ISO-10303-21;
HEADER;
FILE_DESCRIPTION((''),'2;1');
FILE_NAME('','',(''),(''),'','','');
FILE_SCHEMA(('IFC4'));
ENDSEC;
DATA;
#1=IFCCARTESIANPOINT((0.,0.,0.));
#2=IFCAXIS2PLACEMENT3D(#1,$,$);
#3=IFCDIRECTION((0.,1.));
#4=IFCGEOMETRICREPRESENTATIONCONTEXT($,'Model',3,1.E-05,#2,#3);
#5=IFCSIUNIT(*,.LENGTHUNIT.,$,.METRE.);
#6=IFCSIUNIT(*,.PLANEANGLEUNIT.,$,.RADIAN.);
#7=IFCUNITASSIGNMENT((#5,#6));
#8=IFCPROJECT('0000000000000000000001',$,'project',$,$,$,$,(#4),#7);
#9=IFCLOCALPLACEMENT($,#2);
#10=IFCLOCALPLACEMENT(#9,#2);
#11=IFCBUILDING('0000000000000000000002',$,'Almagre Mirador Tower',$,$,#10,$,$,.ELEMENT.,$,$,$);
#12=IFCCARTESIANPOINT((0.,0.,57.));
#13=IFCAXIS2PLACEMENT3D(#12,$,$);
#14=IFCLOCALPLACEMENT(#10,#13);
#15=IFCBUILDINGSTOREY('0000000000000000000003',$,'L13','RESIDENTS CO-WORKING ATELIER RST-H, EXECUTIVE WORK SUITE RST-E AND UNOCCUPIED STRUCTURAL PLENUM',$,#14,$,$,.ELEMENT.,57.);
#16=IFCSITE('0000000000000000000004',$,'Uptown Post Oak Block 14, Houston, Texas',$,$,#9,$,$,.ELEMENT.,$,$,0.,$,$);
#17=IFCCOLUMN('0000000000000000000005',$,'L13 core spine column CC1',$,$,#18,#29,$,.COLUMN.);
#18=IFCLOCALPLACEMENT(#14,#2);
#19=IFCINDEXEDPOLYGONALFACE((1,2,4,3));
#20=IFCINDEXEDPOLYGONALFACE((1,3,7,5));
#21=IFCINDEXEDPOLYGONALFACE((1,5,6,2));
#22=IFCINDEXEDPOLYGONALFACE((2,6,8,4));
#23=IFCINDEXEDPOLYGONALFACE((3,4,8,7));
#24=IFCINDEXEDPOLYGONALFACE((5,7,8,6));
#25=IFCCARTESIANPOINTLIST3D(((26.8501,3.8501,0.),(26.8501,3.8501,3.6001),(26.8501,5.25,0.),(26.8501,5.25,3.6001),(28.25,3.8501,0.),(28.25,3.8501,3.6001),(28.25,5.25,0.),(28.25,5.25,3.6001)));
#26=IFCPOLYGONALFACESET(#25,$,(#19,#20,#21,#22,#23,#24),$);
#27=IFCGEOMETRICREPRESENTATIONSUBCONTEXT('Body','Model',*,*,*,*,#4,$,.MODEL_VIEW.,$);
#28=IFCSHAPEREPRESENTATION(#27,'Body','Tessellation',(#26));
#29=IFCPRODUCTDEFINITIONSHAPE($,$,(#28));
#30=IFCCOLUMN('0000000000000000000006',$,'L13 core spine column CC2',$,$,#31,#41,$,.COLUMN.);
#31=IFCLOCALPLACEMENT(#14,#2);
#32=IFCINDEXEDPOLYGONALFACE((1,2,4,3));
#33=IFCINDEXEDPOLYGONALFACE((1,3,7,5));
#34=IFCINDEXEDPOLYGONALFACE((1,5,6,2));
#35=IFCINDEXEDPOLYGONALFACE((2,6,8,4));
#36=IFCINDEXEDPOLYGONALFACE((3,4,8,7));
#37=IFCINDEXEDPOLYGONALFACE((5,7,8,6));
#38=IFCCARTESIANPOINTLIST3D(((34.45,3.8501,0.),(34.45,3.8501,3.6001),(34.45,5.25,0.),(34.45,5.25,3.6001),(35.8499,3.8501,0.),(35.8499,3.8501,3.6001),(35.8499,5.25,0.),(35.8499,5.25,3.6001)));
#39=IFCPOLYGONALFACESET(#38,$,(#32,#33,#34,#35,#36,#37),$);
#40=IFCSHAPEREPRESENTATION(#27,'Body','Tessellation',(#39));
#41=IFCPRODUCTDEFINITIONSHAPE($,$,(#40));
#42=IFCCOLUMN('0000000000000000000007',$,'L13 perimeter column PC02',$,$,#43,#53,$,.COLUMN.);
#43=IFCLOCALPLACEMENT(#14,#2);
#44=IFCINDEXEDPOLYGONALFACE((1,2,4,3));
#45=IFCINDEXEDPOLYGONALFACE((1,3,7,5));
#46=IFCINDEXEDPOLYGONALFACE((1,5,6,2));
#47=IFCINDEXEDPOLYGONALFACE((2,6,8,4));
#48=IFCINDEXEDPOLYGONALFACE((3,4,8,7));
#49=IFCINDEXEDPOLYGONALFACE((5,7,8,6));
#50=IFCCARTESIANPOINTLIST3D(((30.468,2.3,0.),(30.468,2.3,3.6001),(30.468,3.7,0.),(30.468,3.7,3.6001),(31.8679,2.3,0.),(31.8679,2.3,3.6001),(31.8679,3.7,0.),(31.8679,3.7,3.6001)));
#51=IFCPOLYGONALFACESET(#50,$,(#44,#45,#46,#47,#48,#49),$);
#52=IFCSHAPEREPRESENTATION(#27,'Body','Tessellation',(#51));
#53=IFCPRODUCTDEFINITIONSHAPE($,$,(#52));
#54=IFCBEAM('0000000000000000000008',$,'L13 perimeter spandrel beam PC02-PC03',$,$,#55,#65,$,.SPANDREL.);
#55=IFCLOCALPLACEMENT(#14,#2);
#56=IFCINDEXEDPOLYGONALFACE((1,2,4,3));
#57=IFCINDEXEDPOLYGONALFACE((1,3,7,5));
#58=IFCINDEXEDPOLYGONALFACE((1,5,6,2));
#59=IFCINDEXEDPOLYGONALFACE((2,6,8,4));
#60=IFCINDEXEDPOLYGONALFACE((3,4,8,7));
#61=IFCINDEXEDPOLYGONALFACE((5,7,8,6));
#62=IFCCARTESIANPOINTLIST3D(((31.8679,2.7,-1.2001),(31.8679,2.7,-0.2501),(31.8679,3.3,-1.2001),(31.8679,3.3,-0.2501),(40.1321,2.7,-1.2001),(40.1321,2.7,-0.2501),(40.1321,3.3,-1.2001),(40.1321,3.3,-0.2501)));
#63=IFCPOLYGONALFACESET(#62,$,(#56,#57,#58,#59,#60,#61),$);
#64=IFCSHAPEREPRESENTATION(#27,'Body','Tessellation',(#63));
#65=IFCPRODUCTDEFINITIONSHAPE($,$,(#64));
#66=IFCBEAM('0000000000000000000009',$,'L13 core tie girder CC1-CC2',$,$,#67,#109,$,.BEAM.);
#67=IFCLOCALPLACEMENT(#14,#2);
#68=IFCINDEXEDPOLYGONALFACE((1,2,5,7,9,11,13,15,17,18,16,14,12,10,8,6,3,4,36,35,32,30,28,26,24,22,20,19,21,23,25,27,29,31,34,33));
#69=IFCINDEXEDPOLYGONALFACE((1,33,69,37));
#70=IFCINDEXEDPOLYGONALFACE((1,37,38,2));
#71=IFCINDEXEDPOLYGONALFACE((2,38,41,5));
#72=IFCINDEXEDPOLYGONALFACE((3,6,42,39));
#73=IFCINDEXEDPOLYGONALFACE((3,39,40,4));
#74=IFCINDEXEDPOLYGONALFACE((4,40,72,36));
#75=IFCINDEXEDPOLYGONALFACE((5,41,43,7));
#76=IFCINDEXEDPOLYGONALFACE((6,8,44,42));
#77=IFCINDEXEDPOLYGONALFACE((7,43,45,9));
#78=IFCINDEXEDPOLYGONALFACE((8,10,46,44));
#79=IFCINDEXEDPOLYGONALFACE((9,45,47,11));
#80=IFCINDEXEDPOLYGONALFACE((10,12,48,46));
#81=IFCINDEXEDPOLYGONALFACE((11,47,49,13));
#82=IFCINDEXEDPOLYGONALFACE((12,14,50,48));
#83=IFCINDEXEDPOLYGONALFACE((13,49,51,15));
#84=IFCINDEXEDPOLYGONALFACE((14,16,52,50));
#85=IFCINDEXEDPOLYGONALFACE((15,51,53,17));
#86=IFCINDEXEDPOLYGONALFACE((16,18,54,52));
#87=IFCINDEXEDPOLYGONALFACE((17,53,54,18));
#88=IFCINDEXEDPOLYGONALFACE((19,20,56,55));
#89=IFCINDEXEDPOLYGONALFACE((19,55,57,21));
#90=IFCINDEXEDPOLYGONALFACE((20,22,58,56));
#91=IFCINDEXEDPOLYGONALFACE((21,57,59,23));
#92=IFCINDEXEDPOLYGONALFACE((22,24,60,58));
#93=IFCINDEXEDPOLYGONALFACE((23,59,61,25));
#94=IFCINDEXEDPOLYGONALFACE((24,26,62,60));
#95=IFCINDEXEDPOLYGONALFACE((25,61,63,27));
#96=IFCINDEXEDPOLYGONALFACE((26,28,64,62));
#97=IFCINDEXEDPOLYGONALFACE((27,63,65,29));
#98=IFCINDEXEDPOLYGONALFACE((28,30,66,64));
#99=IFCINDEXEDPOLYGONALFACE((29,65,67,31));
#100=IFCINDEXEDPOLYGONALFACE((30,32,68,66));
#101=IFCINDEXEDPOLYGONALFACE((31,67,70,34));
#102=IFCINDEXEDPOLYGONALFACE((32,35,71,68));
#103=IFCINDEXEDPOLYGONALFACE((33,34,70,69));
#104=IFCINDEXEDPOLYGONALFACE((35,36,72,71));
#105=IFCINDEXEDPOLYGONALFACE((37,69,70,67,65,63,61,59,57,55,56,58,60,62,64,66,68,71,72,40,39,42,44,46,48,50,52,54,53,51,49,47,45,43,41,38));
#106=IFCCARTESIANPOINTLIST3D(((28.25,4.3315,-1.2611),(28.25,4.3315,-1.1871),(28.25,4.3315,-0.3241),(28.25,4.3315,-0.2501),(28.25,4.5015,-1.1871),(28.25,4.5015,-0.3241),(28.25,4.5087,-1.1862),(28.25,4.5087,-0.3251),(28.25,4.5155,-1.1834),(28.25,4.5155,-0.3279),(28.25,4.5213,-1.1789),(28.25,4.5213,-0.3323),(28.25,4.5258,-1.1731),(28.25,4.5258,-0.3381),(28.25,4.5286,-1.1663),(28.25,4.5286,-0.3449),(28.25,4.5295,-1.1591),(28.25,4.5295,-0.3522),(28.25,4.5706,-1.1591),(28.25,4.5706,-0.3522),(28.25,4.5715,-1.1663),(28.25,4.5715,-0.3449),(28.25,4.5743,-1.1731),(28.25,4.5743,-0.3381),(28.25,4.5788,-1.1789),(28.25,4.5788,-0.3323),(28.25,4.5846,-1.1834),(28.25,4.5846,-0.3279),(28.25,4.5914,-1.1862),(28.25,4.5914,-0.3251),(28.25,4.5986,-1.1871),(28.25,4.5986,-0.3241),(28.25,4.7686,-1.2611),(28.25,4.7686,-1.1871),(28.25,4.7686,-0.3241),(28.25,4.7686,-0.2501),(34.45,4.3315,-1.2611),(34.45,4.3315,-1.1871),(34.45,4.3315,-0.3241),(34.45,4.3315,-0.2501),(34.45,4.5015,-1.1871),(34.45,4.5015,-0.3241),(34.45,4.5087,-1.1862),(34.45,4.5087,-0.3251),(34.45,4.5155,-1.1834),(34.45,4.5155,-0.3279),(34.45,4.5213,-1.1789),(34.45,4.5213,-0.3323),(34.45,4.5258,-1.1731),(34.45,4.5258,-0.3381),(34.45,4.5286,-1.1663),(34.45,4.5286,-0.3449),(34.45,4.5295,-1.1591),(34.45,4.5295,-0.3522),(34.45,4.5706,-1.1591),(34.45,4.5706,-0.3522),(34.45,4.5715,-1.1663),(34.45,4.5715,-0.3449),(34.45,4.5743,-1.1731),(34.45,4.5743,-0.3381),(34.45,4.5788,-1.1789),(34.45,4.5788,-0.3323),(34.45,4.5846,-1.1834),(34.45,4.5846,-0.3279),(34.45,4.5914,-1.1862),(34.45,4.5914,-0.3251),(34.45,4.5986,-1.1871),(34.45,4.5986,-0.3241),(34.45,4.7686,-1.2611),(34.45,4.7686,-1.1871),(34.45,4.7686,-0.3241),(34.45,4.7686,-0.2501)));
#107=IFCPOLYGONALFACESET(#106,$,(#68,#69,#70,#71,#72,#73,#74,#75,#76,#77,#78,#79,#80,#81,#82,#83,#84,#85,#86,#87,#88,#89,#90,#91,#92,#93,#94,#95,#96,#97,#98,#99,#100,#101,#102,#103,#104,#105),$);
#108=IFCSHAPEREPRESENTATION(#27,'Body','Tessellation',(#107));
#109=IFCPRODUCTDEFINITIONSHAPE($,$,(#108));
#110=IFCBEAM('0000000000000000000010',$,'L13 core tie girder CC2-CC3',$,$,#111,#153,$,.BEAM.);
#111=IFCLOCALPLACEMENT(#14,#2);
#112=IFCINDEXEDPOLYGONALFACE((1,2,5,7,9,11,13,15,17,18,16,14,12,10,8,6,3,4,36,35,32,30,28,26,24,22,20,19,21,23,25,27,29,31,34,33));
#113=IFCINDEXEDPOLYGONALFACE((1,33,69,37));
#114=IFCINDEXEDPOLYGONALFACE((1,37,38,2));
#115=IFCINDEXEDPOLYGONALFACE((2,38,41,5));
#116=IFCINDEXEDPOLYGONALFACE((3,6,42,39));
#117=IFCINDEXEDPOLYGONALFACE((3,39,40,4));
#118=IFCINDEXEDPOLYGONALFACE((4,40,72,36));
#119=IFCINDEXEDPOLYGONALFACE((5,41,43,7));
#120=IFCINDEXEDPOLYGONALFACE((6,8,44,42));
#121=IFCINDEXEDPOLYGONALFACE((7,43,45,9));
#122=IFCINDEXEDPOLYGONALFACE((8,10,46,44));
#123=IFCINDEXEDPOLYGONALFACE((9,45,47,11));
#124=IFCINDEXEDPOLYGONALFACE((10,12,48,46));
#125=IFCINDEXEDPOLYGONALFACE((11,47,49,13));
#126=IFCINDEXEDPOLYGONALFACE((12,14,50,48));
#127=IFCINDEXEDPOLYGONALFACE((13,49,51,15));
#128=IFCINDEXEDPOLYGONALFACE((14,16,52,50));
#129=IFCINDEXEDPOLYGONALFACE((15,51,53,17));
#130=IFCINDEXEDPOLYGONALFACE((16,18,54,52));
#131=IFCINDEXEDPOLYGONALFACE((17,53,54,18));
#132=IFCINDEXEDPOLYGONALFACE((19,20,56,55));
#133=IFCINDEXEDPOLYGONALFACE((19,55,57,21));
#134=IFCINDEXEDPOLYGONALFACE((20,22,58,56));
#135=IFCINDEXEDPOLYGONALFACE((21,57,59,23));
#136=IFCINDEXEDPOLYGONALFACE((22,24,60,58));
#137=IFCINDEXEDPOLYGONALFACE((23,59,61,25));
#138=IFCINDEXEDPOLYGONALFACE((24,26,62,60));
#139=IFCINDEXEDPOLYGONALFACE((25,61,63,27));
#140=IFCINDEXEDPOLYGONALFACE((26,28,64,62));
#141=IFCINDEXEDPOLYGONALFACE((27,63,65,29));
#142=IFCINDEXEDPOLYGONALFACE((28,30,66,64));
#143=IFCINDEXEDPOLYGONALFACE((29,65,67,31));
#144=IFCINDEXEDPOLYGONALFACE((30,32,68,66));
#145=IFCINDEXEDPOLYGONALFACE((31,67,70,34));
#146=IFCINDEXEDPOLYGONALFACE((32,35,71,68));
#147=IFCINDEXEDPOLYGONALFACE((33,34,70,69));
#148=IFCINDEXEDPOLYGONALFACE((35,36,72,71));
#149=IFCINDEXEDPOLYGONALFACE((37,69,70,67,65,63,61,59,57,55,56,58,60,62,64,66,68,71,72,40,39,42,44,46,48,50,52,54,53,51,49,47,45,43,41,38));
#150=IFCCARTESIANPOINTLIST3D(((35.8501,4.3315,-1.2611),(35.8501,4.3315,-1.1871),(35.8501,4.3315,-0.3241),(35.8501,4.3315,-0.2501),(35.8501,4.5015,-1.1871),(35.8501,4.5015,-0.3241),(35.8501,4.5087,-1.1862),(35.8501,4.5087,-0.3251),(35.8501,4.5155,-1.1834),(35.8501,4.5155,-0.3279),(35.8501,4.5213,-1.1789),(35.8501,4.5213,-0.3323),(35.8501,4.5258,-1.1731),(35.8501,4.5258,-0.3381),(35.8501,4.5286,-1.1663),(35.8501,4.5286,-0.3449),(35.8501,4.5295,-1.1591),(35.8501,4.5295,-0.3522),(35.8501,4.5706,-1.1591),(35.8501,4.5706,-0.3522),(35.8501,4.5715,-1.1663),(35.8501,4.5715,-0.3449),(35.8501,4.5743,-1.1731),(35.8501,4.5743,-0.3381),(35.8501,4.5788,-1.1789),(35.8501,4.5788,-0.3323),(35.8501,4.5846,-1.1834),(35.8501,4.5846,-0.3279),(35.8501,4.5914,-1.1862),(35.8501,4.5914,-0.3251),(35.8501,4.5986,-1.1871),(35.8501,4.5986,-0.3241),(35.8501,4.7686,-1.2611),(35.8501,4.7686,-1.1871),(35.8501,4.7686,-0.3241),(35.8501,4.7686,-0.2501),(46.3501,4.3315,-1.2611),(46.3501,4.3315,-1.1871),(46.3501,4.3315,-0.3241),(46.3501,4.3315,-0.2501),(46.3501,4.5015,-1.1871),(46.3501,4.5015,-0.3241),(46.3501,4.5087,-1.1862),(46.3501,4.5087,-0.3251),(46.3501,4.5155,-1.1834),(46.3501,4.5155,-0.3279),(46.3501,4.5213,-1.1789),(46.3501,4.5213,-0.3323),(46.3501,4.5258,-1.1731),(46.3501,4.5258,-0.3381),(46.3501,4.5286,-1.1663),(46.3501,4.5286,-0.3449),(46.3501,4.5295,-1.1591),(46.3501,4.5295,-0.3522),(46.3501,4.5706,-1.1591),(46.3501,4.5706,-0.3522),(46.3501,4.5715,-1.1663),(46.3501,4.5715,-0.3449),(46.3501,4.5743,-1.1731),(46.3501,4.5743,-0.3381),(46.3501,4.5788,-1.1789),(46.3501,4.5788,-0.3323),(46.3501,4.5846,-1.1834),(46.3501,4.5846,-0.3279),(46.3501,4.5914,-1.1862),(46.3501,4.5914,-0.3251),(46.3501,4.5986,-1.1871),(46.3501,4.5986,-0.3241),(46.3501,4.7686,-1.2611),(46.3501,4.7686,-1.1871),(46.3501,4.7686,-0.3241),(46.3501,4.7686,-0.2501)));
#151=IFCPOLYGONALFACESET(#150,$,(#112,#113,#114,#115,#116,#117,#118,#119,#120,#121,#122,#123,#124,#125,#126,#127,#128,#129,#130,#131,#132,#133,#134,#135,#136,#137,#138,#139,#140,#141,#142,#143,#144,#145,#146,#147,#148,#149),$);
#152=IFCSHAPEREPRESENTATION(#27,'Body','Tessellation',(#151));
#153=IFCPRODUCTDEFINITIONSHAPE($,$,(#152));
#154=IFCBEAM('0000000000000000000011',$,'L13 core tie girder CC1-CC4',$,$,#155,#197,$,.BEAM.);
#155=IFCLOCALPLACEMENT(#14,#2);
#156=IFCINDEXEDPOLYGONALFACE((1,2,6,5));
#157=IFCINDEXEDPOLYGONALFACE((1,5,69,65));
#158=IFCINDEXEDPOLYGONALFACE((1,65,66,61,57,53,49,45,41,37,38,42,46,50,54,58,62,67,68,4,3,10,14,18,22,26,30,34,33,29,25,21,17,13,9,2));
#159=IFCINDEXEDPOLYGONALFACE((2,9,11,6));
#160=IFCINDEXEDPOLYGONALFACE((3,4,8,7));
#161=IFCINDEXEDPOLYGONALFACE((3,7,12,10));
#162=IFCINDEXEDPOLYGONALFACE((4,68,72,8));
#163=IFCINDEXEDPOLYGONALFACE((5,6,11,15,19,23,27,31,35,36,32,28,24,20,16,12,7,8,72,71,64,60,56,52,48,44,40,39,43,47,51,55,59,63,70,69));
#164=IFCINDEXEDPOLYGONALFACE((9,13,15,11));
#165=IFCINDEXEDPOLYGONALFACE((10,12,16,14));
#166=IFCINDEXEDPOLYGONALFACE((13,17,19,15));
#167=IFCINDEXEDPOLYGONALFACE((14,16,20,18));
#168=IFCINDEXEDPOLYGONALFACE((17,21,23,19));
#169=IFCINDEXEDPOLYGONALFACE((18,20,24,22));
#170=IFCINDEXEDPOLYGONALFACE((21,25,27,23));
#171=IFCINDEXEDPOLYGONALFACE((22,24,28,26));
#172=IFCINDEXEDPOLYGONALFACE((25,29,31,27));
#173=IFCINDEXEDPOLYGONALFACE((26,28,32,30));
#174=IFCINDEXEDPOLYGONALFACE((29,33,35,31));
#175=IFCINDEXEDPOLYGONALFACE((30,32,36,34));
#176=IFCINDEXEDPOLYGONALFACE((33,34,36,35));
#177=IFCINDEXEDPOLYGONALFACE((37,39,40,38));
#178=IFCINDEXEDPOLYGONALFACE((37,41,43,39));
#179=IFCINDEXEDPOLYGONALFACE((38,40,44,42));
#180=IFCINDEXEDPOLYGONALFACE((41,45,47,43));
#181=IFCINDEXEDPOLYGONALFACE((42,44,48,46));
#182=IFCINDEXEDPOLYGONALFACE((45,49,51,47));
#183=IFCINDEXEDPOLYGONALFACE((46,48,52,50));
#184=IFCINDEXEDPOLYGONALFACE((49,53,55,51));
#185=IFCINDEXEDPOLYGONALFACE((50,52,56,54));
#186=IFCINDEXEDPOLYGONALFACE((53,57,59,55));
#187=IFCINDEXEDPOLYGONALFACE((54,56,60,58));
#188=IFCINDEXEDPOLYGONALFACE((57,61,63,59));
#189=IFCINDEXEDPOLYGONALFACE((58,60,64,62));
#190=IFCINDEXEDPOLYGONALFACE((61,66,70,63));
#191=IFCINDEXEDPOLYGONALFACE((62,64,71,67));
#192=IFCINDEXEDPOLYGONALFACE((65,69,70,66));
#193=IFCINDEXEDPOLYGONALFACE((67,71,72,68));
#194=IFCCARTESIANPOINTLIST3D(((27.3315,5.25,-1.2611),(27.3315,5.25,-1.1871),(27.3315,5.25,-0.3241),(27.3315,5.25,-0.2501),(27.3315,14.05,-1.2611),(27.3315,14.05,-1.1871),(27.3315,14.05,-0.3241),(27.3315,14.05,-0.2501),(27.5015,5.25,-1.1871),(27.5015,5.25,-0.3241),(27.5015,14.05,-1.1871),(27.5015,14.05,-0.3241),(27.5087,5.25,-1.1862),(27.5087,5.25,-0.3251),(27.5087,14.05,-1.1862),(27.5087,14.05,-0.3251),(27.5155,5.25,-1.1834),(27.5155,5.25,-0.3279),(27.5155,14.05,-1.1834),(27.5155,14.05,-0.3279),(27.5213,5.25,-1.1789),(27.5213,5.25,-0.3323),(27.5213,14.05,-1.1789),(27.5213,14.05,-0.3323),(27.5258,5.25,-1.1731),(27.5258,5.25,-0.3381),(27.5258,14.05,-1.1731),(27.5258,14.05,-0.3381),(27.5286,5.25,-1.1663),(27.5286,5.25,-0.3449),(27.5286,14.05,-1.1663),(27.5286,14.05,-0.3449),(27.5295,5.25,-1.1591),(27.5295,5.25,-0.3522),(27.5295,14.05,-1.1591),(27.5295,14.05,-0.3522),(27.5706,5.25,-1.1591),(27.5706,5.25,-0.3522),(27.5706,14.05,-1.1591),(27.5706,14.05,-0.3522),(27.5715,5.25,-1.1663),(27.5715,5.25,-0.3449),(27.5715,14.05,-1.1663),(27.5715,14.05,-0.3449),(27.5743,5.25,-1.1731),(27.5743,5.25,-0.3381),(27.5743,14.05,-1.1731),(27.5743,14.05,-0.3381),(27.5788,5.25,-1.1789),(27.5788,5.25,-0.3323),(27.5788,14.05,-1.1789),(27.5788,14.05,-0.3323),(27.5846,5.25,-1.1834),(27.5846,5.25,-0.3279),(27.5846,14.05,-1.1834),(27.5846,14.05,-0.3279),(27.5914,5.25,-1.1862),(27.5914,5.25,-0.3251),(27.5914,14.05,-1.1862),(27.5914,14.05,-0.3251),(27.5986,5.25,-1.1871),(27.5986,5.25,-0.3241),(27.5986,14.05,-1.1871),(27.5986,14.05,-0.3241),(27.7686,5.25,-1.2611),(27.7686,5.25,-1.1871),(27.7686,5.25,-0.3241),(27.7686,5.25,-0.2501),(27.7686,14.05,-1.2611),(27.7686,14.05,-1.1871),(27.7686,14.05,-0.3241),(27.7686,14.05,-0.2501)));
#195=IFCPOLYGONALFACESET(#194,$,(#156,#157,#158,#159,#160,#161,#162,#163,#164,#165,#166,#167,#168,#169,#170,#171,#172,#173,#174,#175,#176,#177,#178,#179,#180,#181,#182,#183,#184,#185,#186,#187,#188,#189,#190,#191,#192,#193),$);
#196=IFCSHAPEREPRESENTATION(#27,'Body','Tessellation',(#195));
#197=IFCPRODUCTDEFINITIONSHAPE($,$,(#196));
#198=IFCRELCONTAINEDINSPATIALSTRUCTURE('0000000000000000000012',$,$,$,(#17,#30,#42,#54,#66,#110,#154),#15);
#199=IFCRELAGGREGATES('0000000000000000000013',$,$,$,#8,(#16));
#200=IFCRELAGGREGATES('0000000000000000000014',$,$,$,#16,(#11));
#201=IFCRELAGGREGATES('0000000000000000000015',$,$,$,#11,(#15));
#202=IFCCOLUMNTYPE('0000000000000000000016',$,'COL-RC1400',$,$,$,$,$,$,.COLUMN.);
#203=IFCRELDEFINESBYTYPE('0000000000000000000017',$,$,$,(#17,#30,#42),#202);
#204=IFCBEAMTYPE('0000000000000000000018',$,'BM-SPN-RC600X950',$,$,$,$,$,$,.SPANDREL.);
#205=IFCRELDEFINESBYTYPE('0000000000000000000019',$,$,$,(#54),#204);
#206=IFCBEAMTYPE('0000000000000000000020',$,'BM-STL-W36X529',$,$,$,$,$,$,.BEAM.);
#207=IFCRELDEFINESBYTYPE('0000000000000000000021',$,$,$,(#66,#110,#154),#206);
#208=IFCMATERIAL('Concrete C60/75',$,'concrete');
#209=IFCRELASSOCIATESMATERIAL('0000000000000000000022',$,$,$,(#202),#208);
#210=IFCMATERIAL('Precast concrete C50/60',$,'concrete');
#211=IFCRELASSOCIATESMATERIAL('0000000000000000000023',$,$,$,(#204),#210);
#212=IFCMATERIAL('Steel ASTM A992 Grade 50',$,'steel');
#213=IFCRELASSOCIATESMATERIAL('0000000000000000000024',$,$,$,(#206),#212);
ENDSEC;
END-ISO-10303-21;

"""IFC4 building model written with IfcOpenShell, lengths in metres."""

from ifc_helpers import new_model, si_unit, direction, frame, origin, origin_2d, place, context, subcontext, project, spatial, rectangle, i_section, extrude, material, material_profile, profile_set, type_object, element, save


model = new_model("IFC4")

# Units and contexts
model_context = context("Model", 3, precision=1e-05, world=origin(), true_north=direction((0.0, 1.0)))
body_context = subcontext(model_context, "Body", "Model", "MODEL_VIEW")
ifc_project = project(units=[si_unit("LENGTHUNIT", "METRE"), si_unit("PLANEANGLEUNIT", "RADIAN")], contexts=[model_context])

# Site, building, storey
site_placement = place(None, origin())
site = spatial("IfcSite", under=ifc_project, at=site_placement, Name="Uptown Post Oak Block 14, Houston, Texas", CompositionType="ELEMENT", RefElevation=0.0)
building_placement = place(site_placement, origin())
building = spatial("IfcBuilding", under=site, at=building_placement, Name="Almagre Mirador Tower", CompositionType="ELEMENT")
storey_placement = place(building_placement, frame((0.0, 0.0, 57.0)))
storey = spatial("IfcBuildingStorey", under=building, at=storey_placement, Name="L13", Description="RESIDENTS CO-WORKING ATELIER RST-H, EXECUTIVE WORK SUITE RST-E AND UNOCCUPIED STRUCTURAL PLENUM", CompositionType="ELEMENT", Elevation=57.0)

# Columns
ifc_material_1 = material(Name="Concrete C60/75", Category="concrete")
ifc_material_profile_1 = material_profile(ifc_material_1, rectangle(XDim=1.3999, YDim=1.3999, at=origin_2d()), Name="RC1400X1400")
ifc_profile_set_1 = profile_set([ifc_material_profile_1], Name="Concrete C60/75")
column_type = type_object("IfcColumnType", Name="COL-RC1400", PredefinedType="COLUMN", material=ifc_profile_set_1)
for number, where, z_axis, x_axis, name in (
    (1, (27.55, 4.55, 0.0), (0.0, 0.0, 1.0), (1.0, 0.0, 0.0), "L13 core spine column CC1"),
    (2, (35.1499, 4.55, 0.0), (0.0, 0.0, 1.0), (1.0, 0.0, 0.0), "L13 core spine column CC2"),
    (3, (31.168, 3.0, 0.0), (0.0, 0.0, 1.0), (1.0, 0.0, 0.0), "L13 perimeter column PC02"),
):
    element("IfcColumn", number, at=place(storey_placement, frame(where, z_axis=z_axis, x_axis=x_axis)), inside=storey, type_object=column_type, Name=name, PredefinedType="COLUMN", context=body_context, shape_type="SweptSolid", body=[
        extrude(rectangle(XDim=1.3999, YDim=1.3999, at=origin_2d()), origin(), (0.0, 0.0, 1.0), 3.6001),
    ])

# Beams
ifc_material_2 = material(Name="Precast concrete C50/60", Category="concrete")
ifc_material_profile_2 = material_profile(ifc_material_2, rectangle(XDim=0.6001, YDim=0.95, at=origin_2d()), Name="RC600X950")
ifc_profile_set_2 = profile_set([ifc_material_profile_2], Name="Precast concrete C50/60")
beam_type_1 = type_object("IfcBeamType", Name="BM-SPN-RC600X950", PredefinedType="SPANDREL", material=ifc_profile_set_2)
beam_1_placement = place(storey_placement, frame((31.8679, 3.0, -0.7251), z_axis=(1.0, 0.0, 0.0), x_axis=(0.0, 1.0, 0.0)))
element("IfcBeam", 4, at=beam_1_placement, inside=storey, type_object=beam_type_1, Name="L13 perimeter spandrel beam PC02-PC03", PredefinedType="SPANDREL", context=body_context, shape_type="SweptSolid", body=[
    extrude(rectangle(XDim=0.6001, YDim=0.95, at=origin_2d()), origin(), (0.0, 0.0, 1.0), 8.2642),
])
ifc_material_3 = material(Name="Steel ASTM A992 Grade 50", Category="steel")
ifc_material_profile_3 = material_profile(ifc_material_3, i_section(OverallWidth=0.437, OverallDepth=1.011, WebThickness=0.041, FlangeThickness=0.074, FilletRadius=0.0281, at=origin_2d()), Name="W36X529")
ifc_profile_set_3 = profile_set([ifc_material_profile_3], Name="Steel ASTM A992 Grade 50")
beam_type_2 = type_object("IfcBeamType", Name="BM-STL-W36X529", PredefinedType="BEAM", material=ifc_profile_set_3)
beam_2_placement = place(storey_placement, frame((28.25, 4.55, -0.7556), z_axis=(1.0, 0.0, 0.0), x_axis=(0.0, 1.0, 0.0)))
element("IfcBeam", 5, at=beam_2_placement, inside=storey, type_object=beam_type_2, Name="L13 core tie girder CC1-CC2", PredefinedType="BEAM", context=body_context, shape_type="SweptSolid", body=[
    extrude(i_section(OverallWidth=0.437, OverallDepth=1.011, WebThickness=0.041, FlangeThickness=0.074, FilletRadius=0.0281, at=origin_2d()), origin(), (0.0, 0.0, 1.0), 6.2),
])
beam_3_placement = place(storey_placement, frame((35.8501, 4.55, -0.7556), z_axis=(1.0, 0.0, 0.0), x_axis=(0.0, 1.0, 0.0)))
element("IfcBeam", 6, at=beam_3_placement, inside=storey, type_object=beam_type_2, Name="L13 core tie girder CC2-CC3", PredefinedType="BEAM", context=body_context, shape_type="SweptSolid", body=[
    extrude(i_section(OverallWidth=0.437, OverallDepth=1.011, WebThickness=0.041, FlangeThickness=0.074, FilletRadius=0.0281, at=origin_2d()), origin(), (0.0, 0.0, 1.0), 10.5),
])
beam_4_placement = place(storey_placement, frame((27.55, 5.25, -0.7556), z_axis=(0.0, 1.0, 0.0), x_axis=(-1.0, 0.0, 0.0)))
element("IfcBeam", 7, at=beam_4_placement, inside=storey, type_object=beam_type_2, Name="L13 core tie girder CC1-CC4", PredefinedType="BEAM", context=body_context, shape_type="SweptSolid", body=[
    extrude(i_section(OverallWidth=0.437, OverallDepth=1.011, WebThickness=0.041, FlangeThickness=0.074, FilletRadius=0.0281, at=origin_2d()), origin(), (0.0, 0.0, 1.0), 8.8),
])

save(model, "model.ifc")
